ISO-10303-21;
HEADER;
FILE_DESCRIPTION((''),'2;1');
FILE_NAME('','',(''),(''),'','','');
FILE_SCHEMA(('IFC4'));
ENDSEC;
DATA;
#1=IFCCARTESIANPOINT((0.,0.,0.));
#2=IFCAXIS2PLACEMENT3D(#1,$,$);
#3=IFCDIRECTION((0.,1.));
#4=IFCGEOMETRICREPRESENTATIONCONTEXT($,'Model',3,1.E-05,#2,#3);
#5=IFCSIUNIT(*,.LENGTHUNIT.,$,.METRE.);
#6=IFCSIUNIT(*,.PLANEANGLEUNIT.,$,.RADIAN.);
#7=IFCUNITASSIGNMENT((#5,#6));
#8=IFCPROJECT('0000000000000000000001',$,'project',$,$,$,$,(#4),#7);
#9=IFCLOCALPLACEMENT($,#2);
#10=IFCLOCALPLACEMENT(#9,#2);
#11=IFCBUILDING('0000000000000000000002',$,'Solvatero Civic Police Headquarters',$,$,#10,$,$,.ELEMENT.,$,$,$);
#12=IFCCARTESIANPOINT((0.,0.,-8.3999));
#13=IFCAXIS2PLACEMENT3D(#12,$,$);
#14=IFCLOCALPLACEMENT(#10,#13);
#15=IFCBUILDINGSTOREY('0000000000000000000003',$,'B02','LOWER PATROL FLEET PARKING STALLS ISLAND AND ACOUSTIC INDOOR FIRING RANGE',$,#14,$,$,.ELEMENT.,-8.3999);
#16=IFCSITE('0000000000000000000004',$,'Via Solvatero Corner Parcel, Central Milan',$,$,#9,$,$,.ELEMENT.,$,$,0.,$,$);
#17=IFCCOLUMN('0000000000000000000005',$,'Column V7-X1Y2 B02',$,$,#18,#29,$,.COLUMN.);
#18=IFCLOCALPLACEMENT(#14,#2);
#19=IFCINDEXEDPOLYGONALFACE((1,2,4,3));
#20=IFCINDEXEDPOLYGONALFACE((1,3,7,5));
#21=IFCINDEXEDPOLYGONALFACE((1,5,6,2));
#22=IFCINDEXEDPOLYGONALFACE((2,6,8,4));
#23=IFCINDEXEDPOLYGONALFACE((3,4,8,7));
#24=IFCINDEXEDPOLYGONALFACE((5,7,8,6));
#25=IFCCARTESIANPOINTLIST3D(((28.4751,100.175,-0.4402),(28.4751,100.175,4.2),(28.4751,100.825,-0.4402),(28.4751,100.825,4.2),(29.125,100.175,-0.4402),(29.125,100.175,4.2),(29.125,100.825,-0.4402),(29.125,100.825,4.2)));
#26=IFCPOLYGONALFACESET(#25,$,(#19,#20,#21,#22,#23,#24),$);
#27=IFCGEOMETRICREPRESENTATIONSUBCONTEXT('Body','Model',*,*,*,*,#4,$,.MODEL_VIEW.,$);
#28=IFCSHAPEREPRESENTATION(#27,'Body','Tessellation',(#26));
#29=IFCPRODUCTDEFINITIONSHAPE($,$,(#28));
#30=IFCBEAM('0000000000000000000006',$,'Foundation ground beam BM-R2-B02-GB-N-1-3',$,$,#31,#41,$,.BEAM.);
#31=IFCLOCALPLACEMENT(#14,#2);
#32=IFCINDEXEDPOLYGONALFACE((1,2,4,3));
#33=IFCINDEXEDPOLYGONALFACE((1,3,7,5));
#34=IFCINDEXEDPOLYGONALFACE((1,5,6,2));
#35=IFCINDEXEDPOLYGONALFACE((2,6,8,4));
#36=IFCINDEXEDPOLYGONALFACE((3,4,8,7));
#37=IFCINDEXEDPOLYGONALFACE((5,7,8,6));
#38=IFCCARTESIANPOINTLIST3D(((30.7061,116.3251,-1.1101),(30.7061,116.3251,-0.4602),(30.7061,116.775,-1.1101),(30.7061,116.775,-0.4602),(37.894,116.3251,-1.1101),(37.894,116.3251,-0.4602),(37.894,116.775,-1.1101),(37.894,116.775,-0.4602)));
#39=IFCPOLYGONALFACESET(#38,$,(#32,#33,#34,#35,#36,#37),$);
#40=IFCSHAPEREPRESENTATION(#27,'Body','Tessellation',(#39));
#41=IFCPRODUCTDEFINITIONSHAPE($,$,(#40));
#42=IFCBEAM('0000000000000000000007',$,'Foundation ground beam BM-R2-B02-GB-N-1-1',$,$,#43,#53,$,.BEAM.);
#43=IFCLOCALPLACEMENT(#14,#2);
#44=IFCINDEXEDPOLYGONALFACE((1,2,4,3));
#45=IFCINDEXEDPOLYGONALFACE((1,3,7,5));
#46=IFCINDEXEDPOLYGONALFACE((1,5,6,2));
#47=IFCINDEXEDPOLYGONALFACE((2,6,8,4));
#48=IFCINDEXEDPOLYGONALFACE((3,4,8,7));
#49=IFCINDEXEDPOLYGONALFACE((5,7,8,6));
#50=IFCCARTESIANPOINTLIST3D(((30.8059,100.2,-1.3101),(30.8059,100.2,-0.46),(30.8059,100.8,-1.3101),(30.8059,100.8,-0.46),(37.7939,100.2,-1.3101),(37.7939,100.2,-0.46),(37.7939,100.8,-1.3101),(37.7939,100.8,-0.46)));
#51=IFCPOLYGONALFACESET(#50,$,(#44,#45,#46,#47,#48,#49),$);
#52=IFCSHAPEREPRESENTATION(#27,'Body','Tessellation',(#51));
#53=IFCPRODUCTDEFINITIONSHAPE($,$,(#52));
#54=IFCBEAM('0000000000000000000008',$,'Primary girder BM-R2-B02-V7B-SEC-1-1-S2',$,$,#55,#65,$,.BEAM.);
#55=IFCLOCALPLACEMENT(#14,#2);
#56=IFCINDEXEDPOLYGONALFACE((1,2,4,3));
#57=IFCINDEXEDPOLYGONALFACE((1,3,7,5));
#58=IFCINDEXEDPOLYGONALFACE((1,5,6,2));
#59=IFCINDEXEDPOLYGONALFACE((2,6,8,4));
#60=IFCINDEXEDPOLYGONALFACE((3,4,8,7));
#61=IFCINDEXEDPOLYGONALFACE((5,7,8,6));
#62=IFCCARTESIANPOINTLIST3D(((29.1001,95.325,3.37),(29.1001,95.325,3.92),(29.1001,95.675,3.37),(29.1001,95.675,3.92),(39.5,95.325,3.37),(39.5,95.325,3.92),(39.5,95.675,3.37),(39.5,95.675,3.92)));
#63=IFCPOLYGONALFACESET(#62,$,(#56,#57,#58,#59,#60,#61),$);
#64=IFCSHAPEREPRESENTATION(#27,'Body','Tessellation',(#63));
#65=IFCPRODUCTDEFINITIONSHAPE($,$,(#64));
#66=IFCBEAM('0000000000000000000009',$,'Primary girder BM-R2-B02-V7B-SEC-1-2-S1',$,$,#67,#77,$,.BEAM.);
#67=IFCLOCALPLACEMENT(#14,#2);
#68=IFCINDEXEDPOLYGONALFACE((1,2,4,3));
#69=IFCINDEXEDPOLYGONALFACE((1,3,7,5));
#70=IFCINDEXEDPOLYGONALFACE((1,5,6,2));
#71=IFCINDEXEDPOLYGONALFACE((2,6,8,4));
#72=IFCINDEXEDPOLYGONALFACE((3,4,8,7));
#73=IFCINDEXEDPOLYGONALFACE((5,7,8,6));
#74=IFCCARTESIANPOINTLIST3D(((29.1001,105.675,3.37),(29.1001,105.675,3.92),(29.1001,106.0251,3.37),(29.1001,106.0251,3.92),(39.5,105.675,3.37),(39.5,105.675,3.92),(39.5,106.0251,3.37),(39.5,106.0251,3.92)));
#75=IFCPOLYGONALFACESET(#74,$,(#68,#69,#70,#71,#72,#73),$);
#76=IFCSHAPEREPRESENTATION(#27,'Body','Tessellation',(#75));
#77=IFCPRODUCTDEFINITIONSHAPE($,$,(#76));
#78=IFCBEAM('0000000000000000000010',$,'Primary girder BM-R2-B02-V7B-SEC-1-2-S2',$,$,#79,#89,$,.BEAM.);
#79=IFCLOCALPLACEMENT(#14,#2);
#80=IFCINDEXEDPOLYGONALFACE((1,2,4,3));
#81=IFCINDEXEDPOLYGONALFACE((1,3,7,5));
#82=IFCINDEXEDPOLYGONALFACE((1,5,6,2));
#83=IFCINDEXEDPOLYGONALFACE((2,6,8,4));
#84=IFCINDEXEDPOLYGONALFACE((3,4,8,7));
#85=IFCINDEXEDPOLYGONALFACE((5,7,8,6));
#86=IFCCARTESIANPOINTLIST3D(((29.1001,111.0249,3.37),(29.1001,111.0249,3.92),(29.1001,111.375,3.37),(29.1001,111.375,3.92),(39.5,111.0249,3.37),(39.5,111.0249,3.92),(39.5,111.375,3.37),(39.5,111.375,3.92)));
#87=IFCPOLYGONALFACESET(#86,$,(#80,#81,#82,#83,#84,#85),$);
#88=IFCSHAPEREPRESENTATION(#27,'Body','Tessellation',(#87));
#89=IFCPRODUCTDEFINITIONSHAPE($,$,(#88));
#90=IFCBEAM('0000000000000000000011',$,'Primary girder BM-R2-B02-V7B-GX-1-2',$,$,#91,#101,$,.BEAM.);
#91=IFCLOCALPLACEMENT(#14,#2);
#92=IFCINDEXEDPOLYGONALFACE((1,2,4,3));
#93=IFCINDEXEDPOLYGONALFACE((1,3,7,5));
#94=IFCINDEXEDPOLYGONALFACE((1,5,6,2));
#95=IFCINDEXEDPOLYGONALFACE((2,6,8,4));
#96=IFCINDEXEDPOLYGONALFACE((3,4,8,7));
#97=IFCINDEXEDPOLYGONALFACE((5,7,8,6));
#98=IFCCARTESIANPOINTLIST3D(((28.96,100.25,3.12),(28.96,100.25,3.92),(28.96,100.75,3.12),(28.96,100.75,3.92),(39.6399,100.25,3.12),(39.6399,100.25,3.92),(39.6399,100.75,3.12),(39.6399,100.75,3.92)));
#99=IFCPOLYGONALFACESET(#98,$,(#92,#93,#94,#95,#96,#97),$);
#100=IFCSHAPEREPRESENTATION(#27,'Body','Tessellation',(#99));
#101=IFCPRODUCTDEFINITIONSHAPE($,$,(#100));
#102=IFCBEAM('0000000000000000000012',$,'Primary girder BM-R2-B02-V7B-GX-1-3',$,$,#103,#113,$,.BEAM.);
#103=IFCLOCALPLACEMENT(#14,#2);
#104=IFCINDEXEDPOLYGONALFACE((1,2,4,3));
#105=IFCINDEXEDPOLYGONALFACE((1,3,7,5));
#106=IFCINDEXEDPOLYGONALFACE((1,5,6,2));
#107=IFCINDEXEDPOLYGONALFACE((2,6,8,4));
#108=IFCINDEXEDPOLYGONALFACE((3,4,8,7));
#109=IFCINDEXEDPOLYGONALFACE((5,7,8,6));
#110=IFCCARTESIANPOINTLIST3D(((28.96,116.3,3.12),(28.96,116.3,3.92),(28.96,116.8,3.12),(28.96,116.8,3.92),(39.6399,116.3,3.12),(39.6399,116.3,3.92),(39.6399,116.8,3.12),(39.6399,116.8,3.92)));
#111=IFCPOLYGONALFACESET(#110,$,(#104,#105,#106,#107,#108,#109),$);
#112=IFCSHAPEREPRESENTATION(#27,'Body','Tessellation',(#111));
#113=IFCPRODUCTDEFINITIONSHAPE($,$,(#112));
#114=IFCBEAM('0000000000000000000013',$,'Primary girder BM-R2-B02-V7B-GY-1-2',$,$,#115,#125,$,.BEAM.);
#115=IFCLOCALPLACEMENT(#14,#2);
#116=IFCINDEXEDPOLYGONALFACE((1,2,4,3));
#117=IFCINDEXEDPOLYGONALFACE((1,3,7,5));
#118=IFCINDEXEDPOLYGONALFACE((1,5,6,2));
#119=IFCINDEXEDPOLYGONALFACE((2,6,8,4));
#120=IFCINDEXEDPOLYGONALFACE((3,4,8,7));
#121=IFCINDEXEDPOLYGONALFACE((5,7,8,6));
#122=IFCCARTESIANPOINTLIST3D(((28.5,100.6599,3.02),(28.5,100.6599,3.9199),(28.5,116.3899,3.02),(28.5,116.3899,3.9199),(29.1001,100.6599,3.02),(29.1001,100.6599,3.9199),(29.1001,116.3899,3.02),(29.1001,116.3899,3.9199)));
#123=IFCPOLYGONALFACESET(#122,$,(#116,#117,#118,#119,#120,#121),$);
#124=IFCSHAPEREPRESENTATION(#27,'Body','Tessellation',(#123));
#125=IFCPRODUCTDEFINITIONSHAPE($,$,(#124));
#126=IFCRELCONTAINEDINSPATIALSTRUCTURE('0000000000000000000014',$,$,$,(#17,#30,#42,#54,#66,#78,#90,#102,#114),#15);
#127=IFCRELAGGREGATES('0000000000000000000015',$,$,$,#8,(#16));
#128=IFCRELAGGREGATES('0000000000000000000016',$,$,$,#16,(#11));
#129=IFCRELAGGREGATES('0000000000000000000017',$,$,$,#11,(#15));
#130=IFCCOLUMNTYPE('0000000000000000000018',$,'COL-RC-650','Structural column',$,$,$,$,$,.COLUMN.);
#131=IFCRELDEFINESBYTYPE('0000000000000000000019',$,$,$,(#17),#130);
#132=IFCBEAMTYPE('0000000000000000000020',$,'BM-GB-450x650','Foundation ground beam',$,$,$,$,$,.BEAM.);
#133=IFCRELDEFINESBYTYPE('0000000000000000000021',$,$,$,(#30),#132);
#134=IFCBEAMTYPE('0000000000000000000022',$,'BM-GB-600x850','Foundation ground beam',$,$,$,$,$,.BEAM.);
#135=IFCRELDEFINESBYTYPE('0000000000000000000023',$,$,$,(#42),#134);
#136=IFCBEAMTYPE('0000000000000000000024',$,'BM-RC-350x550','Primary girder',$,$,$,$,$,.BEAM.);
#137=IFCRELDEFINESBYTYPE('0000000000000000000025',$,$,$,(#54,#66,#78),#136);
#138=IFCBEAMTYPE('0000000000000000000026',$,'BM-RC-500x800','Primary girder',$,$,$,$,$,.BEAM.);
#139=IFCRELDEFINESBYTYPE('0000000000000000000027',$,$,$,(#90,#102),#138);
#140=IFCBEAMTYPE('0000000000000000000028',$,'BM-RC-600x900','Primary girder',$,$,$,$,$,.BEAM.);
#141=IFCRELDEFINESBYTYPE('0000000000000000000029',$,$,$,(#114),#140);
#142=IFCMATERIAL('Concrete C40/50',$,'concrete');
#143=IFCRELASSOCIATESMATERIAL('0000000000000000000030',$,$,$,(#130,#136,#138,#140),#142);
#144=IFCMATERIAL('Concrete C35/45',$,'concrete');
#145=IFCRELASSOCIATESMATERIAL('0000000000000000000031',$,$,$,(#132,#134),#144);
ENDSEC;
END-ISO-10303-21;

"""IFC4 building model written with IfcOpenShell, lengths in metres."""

from ifc_helpers import new_model, si_unit, direction, frame, origin, origin_2d, place, context, subcontext, project, spatial, rectangle, extrude, material, material_profile, profile_set, type_object, element, save


model = new_model("IFC4")

# Units and contexts
model_context = context("Model", 3, precision=1e-05, world=origin(), true_north=direction((0.0, 1.0)))
body_context = subcontext(model_context, "Body", "Model", "MODEL_VIEW")
ifc_project = project(units=[si_unit("LENGTHUNIT", "METRE"), si_unit("PLANEANGLEUNIT", "RADIAN")], contexts=[model_context])

# Site, building, storey
site_placement = place(None, origin())
site = spatial("IfcSite", under=ifc_project, at=site_placement, Name="Via Solvatero Corner Parcel, Central Milan", CompositionType="ELEMENT", RefElevation=0.0)
building_placement = place(site_placement, origin())
building = spatial("IfcBuilding", under=site, at=building_placement, Name="Solvatero Civic Police Headquarters", CompositionType="ELEMENT")
storey_placement = place(building_placement, frame((0.0, 0.0, -8.3999)))
storey = spatial("IfcBuildingStorey", under=building, at=storey_placement, Name="B02", Description="LOWER PATROL FLEET PARKING STALLS ISLAND AND ACOUSTIC INDOOR FIRING RANGE", CompositionType="ELEMENT", Elevation=-8.3999)

# Shared definitions
ifc_material_1 = material(Name="Concrete C35/45", Category="concrete")

# Column
ifc_material_2 = material(Name="Concrete C40/50", Category="concrete")
ifc_material_profile_1 = material_profile(ifc_material_2, rectangle(XDim=0.6499, YDim=0.6499, at=origin_2d()), Name="RC 650x650")
ifc_profile_set_1 = profile_set([ifc_material_profile_1], Name="Concrete C40/50")
column_type_1 = type_object("IfcColumnType", Name="COL-RC-650", Description="Structural column", PredefinedType="COLUMN", material=ifc_profile_set_1)
column_1_placement = place(storey_placement, frame((28.8, 100.5, -0.4402), z_axis=(0.0, 0.0, 1.0), x_axis=(1.0, 0.0, 0.0)))
element("IfcColumn", 1, at=column_1_placement, inside=storey, type_object=column_type_1, Name="Column V7-X1Y2 B02", PredefinedType="COLUMN", context=body_context, shape_type="SweptSolid", body=[
    extrude(rectangle(XDim=0.6499, YDim=0.6499, at=origin_2d()), origin(), (0.0, 0.0, 1.0), 4.6401),
])

# Beams
ifc_material_profile_2 = material_profile(ifc_material_1, rectangle(XDim=0.45, YDim=0.6499, at=origin_2d()), Name="GB 450x650")
ifc_profile_set_2 = profile_set([ifc_material_profile_2], Name="Concrete C35/45")
beam_type_1 = type_object("IfcBeamType", Name="BM-GB-450x650", Description="Foundation ground beam", PredefinedType="BEAM", material=ifc_profile_set_2)
beam_1_placement = place(storey_placement, frame((30.7061, 116.55, -0.7852), z_axis=(1.0, 0.0, 0.0), x_axis=(0.0, 1.0, 0.0)))
element("IfcBeam", 2, at=beam_1_placement, inside=storey, type_object=beam_type_1, Name="Foundation ground beam BM-R2-B02-GB-N-1-3", PredefinedType="BEAM", context=body_context, shape_type="SweptSolid", body=[
    extrude(rectangle(XDim=0.45, YDim=0.6499, at=origin_2d()), origin(), (0.0, 0.0, 1.0), 7.188),
])
ifc_material_profile_3 = material_profile(ifc_material_1, rectangle(XDim=0.6001, YDim=0.8501, at=origin_2d()), Name="GB 600x850")
ifc_profile_set_3 = profile_set([ifc_material_profile_3], Name="Concrete C35/45")
beam_type_2 = type_object("IfcBeamType", Name="BM-GB-600x850", Description="Foundation ground beam", PredefinedType="BEAM", material=ifc_profile_set_3)
beam_2_placement = place(storey_placement, frame((30.8059, 100.5, -0.885), z_axis=(1.0, 0.0, 0.0), x_axis=(0.0, 1.0, 0.0)))
element("IfcBeam", 3, at=beam_2_placement, inside=storey, type_object=beam_type_2, Name="Foundation ground beam BM-R2-B02-GB-N-1-1", PredefinedType="BEAM", context=body_context, shape_type="SweptSolid", body=[
    extrude(rectangle(XDim=0.6001, YDim=0.8501, at=origin_2d()), origin(), (0.0, 0.0, 1.0), 6.988),
])
ifc_material_profile_4 = material_profile(ifc_material_2, rectangle(XDim=0.3501, YDim=0.55, at=origin_2d()), Name="RC 350x550")
ifc_profile_set_4 = profile_set([ifc_material_profile_4], Name="Concrete C40/50")
beam_type_3 = type_object("IfcBeamType", Name="BM-RC-350x550", Description="Primary girder", PredefinedType="BEAM", material=ifc_profile_set_4)
for number, where, z_axis, x_axis, name in (
    (4, (29.1001, 95.5, 3.645), (1.0, 0.0, 0.0), (0.0, 1.0, 0.0), "Primary girder BM-R2-B02-V7B-SEC-1-1-S2"),
    (5, (29.1001, 105.8501, 3.645), (1.0, 0.0, 0.0), (0.0, 1.0, 0.0), "Primary girder BM-R2-B02-V7B-SEC-1-2-S1"),
    (6, (29.1001, 111.2, 3.645), (1.0, 0.0, 0.0), (0.0, 1.0, 0.0), "Primary girder BM-R2-B02-V7B-SEC-1-2-S2"),
):
    element("IfcBeam", number, at=place(storey_placement, frame(where, z_axis=z_axis, x_axis=x_axis)), inside=storey, type_object=beam_type_3, Name=name, PredefinedType="BEAM", context=body_context, shape_type="SweptSolid", body=[
        extrude(rectangle(XDim=0.3501, YDim=0.55, at=origin_2d()), origin(), (0.0, 0.0, 1.0), 10.3999),
    ])
ifc_material_profile_5 = material_profile(ifc_material_2, rectangle(XDim=0.5, YDim=0.8, at=origin_2d()), Name="RC 500x800")
ifc_profile_set_5 = profile_set([ifc_material_profile_5], Name="Concrete C40/50")
beam_type_4 = type_object("IfcBeamType", Name="BM-RC-500x800", Description="Primary girder", PredefinedType="BEAM", material=ifc_profile_set_5)
for number, where, z_axis, x_axis, name in (
    (7, (28.96, 100.5, 3.52), (1.0, 0.0, 0.0), (0.0, 1.0, 0.0), "Primary girder BM-R2-B02-V7B-GX-1-2"),
    (8, (28.96, 116.55, 3.52), (1.0, 0.0, 0.0), (0.0, 1.0, 0.0), "Primary girder BM-R2-B02-V7B-GX-1-3"),
):
    element("IfcBeam", number, at=place(storey_placement, frame(where, z_axis=z_axis, x_axis=x_axis)), inside=storey, type_object=beam_type_4, Name=name, PredefinedType="BEAM", context=body_context, shape_type="SweptSolid", body=[
        extrude(rectangle(XDim=0.5, YDim=0.8, at=origin_2d()), origin(), (0.0, 0.0, 1.0), 10.6799),
    ])
ifc_material_profile_6 = material_profile(ifc_material_2, rectangle(XDim=0.6001, YDim=0.8999, at=origin_2d()), Name="RC 600x900")
ifc_profile_set_6 = profile_set([ifc_material_profile_6], Name="Concrete C40/50")
beam_type_5 = type_object("IfcBeamType", Name="BM-RC-600x900", Description="Primary girder", PredefinedType="BEAM", material=ifc_profile_set_6)
beam_3_placement = place(storey_placement, frame((28.8, 100.6599, 3.47), z_axis=(0.0, 1.0, 0.0), x_axis=(-1.0, 0.0, 0.0)))
element("IfcBeam", 9, at=beam_3_placement, inside=storey, type_object=beam_type_5, Name="Primary girder BM-R2-B02-V7B-GY-1-2", PredefinedType="BEAM", context=body_context, shape_type="SweptSolid", body=[
    extrude(rectangle(XDim=0.6001, YDim=0.8999, at=origin_2d()), origin(), (0.0, 0.0, 1.0), 15.73),
])

save(model, "model.ifc")
